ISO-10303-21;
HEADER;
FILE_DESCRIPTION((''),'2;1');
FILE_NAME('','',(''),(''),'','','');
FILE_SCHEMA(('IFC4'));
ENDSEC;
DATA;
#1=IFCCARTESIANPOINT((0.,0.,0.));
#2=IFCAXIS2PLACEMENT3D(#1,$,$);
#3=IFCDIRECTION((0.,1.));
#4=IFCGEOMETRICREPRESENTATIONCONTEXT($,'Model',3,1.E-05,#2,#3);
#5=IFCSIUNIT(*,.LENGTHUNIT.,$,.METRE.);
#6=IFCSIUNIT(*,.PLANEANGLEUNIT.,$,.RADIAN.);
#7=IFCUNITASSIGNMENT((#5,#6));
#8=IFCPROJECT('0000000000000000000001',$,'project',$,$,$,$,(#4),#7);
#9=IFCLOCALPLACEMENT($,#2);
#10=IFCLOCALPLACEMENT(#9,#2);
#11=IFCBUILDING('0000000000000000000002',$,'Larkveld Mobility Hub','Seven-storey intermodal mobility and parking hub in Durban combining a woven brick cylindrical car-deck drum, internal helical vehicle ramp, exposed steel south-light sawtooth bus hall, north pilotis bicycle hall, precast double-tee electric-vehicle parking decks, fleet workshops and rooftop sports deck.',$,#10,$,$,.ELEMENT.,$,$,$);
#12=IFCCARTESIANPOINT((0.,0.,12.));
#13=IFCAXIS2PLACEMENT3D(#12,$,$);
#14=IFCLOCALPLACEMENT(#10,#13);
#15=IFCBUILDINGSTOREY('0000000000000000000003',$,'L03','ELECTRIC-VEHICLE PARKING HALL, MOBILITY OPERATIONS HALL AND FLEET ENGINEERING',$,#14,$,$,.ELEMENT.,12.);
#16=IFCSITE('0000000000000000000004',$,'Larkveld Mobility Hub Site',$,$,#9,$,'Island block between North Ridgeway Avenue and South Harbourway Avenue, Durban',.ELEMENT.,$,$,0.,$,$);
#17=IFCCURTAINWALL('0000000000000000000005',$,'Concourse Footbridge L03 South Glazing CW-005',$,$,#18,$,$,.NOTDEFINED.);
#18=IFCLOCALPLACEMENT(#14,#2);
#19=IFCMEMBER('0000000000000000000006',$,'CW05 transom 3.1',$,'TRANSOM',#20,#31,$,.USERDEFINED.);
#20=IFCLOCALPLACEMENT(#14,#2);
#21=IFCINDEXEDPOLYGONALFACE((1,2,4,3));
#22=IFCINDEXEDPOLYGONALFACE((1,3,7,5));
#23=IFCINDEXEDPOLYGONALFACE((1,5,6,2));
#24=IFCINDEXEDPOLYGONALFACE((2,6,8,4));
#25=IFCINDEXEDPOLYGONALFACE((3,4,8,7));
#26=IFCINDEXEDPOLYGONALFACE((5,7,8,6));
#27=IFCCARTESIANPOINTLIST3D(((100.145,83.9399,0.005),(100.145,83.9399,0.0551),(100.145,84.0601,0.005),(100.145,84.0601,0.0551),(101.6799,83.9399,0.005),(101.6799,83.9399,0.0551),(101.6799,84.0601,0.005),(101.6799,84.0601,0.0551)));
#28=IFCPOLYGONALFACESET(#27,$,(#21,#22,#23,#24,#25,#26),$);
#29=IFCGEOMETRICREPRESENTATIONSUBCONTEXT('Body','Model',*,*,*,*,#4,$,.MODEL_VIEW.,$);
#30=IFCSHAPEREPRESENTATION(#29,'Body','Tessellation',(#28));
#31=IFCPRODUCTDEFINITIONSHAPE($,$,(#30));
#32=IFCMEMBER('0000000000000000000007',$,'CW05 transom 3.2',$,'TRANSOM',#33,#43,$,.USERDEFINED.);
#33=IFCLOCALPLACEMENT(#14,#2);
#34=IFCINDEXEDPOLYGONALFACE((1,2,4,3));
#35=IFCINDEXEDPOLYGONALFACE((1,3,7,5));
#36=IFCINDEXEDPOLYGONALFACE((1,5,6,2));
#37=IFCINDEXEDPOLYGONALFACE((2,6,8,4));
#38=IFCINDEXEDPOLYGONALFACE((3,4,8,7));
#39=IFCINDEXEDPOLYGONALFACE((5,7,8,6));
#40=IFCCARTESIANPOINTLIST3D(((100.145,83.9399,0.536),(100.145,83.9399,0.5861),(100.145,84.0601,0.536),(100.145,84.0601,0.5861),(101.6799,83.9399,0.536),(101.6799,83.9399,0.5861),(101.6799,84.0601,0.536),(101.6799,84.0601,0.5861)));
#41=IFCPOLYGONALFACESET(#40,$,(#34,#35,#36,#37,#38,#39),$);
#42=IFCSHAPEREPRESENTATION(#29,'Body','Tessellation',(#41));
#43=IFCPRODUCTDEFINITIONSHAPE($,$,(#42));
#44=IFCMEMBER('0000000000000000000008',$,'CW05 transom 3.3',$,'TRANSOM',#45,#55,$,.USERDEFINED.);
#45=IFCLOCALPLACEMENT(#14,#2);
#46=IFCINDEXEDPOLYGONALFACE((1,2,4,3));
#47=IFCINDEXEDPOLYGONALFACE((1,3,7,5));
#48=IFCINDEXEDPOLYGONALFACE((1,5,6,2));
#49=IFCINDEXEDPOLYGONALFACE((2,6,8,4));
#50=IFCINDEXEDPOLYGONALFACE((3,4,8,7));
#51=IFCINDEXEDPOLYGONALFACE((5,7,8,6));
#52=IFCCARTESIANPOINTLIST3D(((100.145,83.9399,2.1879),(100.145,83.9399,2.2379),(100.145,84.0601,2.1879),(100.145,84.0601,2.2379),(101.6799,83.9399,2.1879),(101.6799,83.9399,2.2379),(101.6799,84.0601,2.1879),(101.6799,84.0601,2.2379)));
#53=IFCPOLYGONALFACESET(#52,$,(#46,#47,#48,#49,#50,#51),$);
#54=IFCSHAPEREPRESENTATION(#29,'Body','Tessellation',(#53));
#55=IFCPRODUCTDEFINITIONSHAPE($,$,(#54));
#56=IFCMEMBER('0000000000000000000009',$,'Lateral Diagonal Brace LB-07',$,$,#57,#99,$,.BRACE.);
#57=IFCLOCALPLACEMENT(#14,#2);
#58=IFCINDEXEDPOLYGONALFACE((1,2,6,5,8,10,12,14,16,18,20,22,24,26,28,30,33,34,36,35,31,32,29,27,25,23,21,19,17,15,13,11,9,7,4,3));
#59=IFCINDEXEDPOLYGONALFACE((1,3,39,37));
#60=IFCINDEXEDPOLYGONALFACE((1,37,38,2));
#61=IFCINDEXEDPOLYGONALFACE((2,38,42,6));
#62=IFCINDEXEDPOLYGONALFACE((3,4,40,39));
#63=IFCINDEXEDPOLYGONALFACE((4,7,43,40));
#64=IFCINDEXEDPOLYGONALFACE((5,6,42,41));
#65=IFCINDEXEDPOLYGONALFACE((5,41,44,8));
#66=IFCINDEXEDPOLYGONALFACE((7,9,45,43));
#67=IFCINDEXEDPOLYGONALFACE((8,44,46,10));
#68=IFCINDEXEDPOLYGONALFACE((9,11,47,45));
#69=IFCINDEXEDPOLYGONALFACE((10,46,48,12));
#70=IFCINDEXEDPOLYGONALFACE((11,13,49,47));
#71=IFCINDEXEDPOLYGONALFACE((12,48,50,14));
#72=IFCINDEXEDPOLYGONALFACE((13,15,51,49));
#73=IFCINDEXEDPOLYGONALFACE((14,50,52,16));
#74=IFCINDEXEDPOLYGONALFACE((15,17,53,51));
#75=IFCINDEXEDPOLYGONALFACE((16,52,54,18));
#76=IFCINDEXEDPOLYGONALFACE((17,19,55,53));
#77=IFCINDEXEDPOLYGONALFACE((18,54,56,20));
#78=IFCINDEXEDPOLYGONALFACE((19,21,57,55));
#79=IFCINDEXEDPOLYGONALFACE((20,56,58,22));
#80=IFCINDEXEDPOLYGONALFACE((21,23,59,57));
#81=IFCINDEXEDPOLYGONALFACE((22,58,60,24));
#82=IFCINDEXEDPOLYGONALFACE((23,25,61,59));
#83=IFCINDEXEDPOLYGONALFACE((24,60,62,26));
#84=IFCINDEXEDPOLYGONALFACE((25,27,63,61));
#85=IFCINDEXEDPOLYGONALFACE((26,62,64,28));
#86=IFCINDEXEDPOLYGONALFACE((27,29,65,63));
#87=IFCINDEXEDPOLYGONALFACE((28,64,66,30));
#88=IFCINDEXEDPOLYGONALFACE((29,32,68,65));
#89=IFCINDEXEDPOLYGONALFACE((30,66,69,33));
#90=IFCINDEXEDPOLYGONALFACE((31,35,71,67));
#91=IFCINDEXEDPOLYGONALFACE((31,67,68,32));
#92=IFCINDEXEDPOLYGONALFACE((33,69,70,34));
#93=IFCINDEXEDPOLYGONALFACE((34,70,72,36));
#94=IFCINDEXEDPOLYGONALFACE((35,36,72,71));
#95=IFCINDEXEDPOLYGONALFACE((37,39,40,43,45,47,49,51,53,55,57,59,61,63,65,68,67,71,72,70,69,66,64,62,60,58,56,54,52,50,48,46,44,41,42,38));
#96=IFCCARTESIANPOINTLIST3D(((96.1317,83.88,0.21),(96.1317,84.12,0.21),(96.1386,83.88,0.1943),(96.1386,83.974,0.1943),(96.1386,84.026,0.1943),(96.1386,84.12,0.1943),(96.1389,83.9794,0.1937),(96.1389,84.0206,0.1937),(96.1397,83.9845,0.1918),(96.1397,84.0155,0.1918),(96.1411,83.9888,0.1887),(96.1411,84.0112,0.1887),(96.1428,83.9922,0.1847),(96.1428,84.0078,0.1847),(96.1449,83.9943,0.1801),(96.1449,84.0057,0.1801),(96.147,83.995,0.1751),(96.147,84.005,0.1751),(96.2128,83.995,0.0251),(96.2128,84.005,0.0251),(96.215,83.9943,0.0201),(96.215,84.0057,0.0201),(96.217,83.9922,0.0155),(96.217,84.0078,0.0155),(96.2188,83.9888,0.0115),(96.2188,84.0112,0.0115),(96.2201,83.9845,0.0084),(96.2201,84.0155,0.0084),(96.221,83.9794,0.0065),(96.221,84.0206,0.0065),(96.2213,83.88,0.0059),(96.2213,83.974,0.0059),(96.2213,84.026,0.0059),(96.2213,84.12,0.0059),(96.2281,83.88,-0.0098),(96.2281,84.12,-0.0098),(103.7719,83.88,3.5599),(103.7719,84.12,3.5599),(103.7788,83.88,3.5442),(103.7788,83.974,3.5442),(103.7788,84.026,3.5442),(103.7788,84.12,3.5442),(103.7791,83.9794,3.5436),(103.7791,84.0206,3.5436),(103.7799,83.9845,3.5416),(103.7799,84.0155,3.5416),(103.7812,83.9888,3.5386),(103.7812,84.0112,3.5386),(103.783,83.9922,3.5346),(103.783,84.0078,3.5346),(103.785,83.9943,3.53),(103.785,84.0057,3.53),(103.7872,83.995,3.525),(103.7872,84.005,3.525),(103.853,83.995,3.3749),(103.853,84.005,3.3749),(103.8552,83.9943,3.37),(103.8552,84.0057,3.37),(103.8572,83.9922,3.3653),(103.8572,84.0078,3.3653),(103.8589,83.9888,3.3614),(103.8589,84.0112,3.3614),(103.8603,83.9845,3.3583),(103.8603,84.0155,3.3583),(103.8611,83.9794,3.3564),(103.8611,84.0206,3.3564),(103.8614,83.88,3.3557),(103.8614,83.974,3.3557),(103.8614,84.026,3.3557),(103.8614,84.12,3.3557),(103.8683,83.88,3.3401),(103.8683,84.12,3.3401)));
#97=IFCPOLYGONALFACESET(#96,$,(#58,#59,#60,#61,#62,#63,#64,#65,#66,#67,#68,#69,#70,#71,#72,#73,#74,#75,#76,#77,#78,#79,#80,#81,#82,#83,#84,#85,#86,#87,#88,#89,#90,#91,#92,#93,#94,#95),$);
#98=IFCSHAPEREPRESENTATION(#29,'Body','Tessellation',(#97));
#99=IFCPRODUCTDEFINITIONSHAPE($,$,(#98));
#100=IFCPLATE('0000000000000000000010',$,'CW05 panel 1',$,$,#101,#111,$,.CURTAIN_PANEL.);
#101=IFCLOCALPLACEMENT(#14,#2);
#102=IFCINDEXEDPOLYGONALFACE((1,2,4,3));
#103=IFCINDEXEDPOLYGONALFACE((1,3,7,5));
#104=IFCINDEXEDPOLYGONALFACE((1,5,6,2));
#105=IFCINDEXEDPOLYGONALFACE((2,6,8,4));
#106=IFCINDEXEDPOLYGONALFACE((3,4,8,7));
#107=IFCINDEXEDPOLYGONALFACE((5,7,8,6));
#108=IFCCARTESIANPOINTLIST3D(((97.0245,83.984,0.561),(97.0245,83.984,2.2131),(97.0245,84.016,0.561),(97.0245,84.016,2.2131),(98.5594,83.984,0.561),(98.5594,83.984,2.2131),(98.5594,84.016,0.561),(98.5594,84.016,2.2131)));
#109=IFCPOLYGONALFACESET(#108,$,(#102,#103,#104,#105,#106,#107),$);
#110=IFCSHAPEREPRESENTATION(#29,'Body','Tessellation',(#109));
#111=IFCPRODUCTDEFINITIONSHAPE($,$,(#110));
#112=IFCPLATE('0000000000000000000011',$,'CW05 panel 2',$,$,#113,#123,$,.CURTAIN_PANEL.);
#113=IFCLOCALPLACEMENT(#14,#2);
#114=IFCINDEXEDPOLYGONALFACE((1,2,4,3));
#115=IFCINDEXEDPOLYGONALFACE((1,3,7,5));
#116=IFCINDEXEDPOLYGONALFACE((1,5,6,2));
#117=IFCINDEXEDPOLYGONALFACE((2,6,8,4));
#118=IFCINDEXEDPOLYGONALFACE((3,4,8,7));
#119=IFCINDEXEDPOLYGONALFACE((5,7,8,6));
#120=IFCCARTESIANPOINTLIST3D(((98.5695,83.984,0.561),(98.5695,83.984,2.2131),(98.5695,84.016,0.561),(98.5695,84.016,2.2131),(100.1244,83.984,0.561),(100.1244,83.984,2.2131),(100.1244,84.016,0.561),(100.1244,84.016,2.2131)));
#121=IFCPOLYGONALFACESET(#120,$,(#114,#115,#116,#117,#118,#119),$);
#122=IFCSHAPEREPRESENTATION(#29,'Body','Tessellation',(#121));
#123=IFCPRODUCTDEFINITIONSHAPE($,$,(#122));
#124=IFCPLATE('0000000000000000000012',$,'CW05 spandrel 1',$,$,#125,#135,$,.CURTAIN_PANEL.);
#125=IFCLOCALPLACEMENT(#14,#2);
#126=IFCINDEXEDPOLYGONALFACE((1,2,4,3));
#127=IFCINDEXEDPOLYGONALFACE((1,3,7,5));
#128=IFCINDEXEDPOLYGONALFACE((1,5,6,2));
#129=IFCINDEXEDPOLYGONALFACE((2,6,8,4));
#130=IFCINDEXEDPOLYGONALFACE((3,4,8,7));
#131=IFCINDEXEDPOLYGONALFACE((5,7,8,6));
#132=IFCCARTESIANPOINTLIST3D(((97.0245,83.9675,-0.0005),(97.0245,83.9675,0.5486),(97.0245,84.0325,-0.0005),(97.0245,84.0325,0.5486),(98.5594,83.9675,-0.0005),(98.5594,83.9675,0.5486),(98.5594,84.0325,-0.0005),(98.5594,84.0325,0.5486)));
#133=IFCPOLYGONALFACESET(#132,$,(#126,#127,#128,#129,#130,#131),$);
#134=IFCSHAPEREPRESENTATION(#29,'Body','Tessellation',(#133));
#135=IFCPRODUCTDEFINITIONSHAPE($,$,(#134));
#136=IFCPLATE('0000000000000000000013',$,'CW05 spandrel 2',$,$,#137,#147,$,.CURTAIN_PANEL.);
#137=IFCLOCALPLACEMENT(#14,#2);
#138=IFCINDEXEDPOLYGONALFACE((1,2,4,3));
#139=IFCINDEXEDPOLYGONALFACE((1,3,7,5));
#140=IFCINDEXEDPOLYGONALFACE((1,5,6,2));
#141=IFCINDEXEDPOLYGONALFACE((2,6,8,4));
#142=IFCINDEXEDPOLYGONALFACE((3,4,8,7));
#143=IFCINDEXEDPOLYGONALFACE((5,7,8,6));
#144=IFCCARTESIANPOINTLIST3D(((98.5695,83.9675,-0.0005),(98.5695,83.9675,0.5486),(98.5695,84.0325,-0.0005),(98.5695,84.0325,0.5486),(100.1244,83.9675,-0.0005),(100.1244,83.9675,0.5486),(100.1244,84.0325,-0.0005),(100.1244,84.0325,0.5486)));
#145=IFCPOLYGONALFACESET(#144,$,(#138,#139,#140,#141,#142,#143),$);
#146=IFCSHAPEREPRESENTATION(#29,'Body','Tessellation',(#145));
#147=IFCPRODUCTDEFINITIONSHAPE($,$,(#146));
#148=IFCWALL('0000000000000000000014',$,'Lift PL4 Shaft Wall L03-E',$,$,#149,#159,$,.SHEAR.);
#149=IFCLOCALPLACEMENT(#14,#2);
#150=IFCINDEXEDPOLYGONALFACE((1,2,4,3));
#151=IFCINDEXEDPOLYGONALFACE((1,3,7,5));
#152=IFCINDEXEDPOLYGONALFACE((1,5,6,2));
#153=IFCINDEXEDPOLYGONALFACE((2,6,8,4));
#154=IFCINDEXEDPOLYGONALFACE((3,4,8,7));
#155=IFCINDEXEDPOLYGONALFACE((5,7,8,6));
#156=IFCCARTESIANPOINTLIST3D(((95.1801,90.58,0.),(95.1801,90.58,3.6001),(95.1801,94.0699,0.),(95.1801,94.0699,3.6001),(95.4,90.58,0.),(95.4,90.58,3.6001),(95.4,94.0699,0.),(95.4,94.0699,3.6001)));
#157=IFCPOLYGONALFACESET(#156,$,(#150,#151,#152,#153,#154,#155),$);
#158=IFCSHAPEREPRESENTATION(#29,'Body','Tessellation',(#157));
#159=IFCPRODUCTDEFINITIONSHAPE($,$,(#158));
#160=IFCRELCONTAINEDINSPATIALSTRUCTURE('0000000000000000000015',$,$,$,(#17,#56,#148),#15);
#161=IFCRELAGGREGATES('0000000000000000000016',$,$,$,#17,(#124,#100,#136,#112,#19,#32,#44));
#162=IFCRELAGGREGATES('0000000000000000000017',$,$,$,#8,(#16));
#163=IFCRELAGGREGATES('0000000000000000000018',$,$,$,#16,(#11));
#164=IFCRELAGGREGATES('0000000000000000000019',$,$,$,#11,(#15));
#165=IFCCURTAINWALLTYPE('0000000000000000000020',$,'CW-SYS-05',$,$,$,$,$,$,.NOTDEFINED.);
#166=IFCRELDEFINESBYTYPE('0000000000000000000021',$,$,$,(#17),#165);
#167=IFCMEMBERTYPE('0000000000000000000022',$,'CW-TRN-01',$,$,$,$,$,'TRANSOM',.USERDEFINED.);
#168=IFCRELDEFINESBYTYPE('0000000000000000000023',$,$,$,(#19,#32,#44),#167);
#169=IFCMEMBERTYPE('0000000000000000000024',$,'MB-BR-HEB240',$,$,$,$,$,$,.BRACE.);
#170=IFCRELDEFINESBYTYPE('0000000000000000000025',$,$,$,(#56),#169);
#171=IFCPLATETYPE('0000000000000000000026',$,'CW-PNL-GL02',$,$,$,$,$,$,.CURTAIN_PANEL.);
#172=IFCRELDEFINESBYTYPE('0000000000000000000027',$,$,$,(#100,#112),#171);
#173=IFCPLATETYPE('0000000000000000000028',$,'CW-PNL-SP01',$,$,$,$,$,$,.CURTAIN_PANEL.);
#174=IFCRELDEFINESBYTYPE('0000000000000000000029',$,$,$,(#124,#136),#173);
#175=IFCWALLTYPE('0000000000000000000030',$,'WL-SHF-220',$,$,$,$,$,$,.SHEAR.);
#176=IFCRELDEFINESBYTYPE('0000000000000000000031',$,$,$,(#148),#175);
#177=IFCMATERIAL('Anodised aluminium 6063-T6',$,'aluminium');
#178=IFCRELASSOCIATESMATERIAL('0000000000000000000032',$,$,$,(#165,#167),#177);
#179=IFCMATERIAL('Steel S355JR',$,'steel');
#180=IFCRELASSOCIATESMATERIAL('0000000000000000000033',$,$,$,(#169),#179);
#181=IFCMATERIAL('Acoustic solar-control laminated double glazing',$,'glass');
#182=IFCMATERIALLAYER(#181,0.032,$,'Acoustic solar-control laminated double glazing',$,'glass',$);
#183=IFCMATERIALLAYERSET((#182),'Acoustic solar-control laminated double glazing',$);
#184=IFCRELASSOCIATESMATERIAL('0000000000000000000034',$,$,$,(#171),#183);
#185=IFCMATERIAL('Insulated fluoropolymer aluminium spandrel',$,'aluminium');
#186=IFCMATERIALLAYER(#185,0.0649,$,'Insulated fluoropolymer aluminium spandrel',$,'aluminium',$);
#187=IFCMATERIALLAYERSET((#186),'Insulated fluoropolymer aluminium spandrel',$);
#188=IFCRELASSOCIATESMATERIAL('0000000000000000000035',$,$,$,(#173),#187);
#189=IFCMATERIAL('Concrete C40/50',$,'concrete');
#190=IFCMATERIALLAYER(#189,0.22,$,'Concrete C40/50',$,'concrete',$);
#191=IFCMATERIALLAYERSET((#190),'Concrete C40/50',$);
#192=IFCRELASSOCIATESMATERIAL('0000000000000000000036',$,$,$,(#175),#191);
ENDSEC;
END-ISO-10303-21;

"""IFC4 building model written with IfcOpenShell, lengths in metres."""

from ifc_helpers import new_model, si_unit, direction, frame, frame_2d, origin, origin_2d, place, context, subcontext, project, spatial, rectangle, i_section, extrude, material, layer, layer_set, material_profile, profile_set, type_object, element, aggregate, save


model = new_model("IFC4")

# Units and contexts
model_context = context("Model", 3, precision=1e-05, world=origin(), true_north=direction((0.0, 1.0)))
body_context = subcontext(model_context, "Body", "Model", "MODEL_VIEW")
ifc_project = project(units=[si_unit("LENGTHUNIT", "METRE"), si_unit("PLANEANGLEUNIT", "RADIAN")], contexts=[model_context])

# Site, building, storey
site_placement = place(None, origin())
site = spatial("IfcSite", under=ifc_project, at=site_placement, Name="Larkveld Mobility Hub Site", LongName="Island block between North Ridgeway Avenue and South Harbourway Avenue, Durban", CompositionType="ELEMENT", RefElevation=0.0)
building_placement = place(site_placement, origin())
building = spatial("IfcBuilding", under=site, at=building_placement, Name="Larkveld Mobility Hub", Description="Seven-storey intermodal mobility and parking hub in Durban combining a woven brick cylindrical car-deck drum, internal helical vehicle ramp, exposed steel south-light sawtooth bus hall, north pilotis bicycle hall, precast double-tee electric-vehicle parking decks, fleet workshops and rooftop sports deck.", CompositionType="ELEMENT")
storey_placement = place(building_placement, frame((0.0, 0.0, 12.0)))
storey = spatial("IfcBuildingStorey", under=building, at=storey_placement, Name="L03", Description="ELECTRIC-VEHICLE PARKING HALL, MOBILITY OPERATIONS HALL AND FLEET ENGINEERING", CompositionType="ELEMENT", Elevation=12.0)

# Shared definitions
ifc_material_1 = material(Name="Concrete C40/50", Category="concrete")

# Curtain wall, members
ifc_material_2 = material(Name="Anodised aluminium 6063-T6", Category="aluminium")
curtain_wall_type = type_object("IfcCurtainWallType", Name="CW-SYS-05", PredefinedType="NOTDEFINED", material=ifc_material_2)
curtain_wall_placement = place(storey_placement, origin())
curtain_wall = element("IfcCurtainWall", 1, at=curtain_wall_placement, inside=storey, type_object=curtain_wall_type, Name="Concourse Footbridge L03 South Glazing CW-005", PredefinedType="NOTDEFINED")
ifc_material_profile_1 = material_profile(ifc_material_2, rectangle(XDim=0.1201, YDim=0.05, at=origin_2d()), Name="ALU TRAN 50x120")
ifc_profile_set_1 = profile_set([ifc_material_profile_1], Name="Anodised aluminium 6063-T6")
member_type_1 = type_object("IfcMemberType", Name="CW-TRN-01", ElementType="TRANSOM", PredefinedType="USERDEFINED", material=ifc_profile_set_1)
member_1_placement = place(storey_placement, frame((100.145, 84.0, 0.03), z_axis=(1.0, 0.0, 0.0), x_axis=(0.0, 1.0, 0.0)))
member_1 = element("IfcMember", 2, at=member_1_placement, type_object=member_type_1, Name="CW05 transom 3.1", ObjectType="TRANSOM", PredefinedType="USERDEFINED", context=body_context, shape_type="SweptSolid", body=[
    extrude(rectangle(XDim=0.1201, YDim=0.05, at=origin_2d()), origin(), (0.0, 0.0, 1.0), 1.5349),
])
member_2_placement = place(storey_placement, frame((100.145, 84.0, 0.561), z_axis=(1.0, 0.0, 0.0), x_axis=(0.0, 1.0, 0.0)))
member_2 = element("IfcMember", 3, at=member_2_placement, type_object=member_type_1, Name="CW05 transom 3.2", ObjectType="TRANSOM", PredefinedType="USERDEFINED", context=body_context, shape_type="SweptSolid", body=[
    extrude(rectangle(XDim=0.1201, YDim=0.05, at=origin_2d()), origin(), (0.0, 0.0, 1.0), 1.5349),
])
member_3_placement = place(storey_placement, frame((100.145, 84.0, 2.2129), z_axis=(1.0, 0.0, 0.0), x_axis=(0.0, 1.0, 0.0)))
member_3 = element("IfcMember", 4, at=member_3_placement, type_object=member_type_1, Name="CW05 transom 3.3", ObjectType="TRANSOM", PredefinedType="USERDEFINED", context=body_context, shape_type="SweptSolid", body=[
    extrude(rectangle(XDim=0.1201, YDim=0.05, at=origin_2d()), origin(), (0.0, 0.0, 1.0), 1.5349),
])

# Member
ifc_material_3 = material(Name="Steel S355JR", Category="steel")
ifc_material_profile_2 = material_profile(ifc_material_3, i_section(OverallWidth=0.24, OverallDepth=0.24, WebThickness=0.01, FlangeThickness=0.0171, FilletRadius=0.021, at=origin_2d()), Name="HEB 240")
ifc_profile_set_2 = profile_set([ifc_material_profile_2], Name="Steel S355JR")
member_type_2 = type_object("IfcMemberType", Name="MB-BR-HEB240", PredefinedType="BRACE", material=ifc_profile_set_2)
member_4_placement = place(storey_placement, frame((96.1799, 84.0, 0.1001), z_axis=(0.915836, 0.0, 0.401553), x_axis=(0.0, 1.0, 0.0)))
element("IfcMember", 5, at=member_4_placement, inside=storey, type_object=member_type_2, Name="Lateral Diagonal Brace LB-07", PredefinedType="BRACE", context=body_context, shape_type="SweptSolid", body=[
    extrude(i_section(OverallWidth=0.24, OverallDepth=0.24, WebThickness=0.01, FlangeThickness=0.0171, FilletRadius=0.021, at=origin_2d()), origin(), (0.0, 0.0, 1.0), 8.3423),
])

# Plates
ifc_material_4 = material(Name="Acoustic solar-control laminated double glazing", Category="glass")
ifc_layer_1 = layer(ifc_material_4, 0.032, Name="Acoustic solar-control laminated double glazing", Category="glass")
ifc_layer_set_1 = layer_set([ifc_layer_1], Name="Acoustic solar-control laminated double glazing")
plate_type_1 = type_object("IfcPlateType", Name="CW-PNL-GL02", PredefinedType="CURTAIN_PANEL", material=ifc_layer_set_1)
plate_1_placement = place(storey_placement, frame((97.792, 84.0, 0.561), z_axis=(0.0, 0.0, 1.0), x_axis=(1.0, 0.0, 0.0)))
plate_1 = element("IfcPlate", 6, at=plate_1_placement, type_object=plate_type_1, Name="CW05 panel 1", PredefinedType="CURTAIN_PANEL", context=body_context, shape_type="SweptSolid", body=[
    extrude(rectangle(XDim=1.5349, YDim=0.032, at=origin_2d()), origin(), (0.0, 0.0, 1.0), 1.6521),
])
plate_2_placement = place(storey_placement, frame((99.3469, 84.0, 0.561), z_axis=(0.0, 0.0, 1.0), x_axis=(1.0, 0.0, 0.0)))
plate_2 = element("IfcPlate", 7, at=plate_2_placement, type_object=plate_type_1, Name="CW05 panel 2", PredefinedType="CURTAIN_PANEL", context=body_context, shape_type="SweptSolid", body=[
    extrude(rectangle(XDim=1.5549, YDim=0.032, at=origin_2d()), origin(), (0.0, 0.0, 1.0), 1.6521),
])
ifc_material_5 = material(Name="Insulated fluoropolymer aluminium spandrel", Category="aluminium")
ifc_layer_2 = layer(ifc_material_5, 0.0649, Name="Insulated fluoropolymer aluminium spandrel", Category="aluminium")
ifc_layer_set_2 = layer_set([ifc_layer_2], Name="Insulated fluoropolymer aluminium spandrel")
plate_type_2 = type_object("IfcPlateType", Name="CW-PNL-SP01", PredefinedType="CURTAIN_PANEL", material=ifc_layer_set_2)
plate_3_placement = place(storey_placement, frame((97.792, 84.0, -0.0005), z_axis=(0.0, 0.0, 1.0), x_axis=(1.0, 0.0, 0.0)))
plate_3 = element("IfcPlate", 8, at=plate_3_placement, type_object=plate_type_2, Name="CW05 spandrel 1", PredefinedType="CURTAIN_PANEL", context=body_context, shape_type="SweptSolid", body=[
    extrude(rectangle(XDim=1.5349, YDim=0.0649, at=origin_2d()), origin(), (0.0, 0.0, 1.0), 0.5491),
])
plate_4_placement = place(storey_placement, frame((99.3469, 84.0, -0.0005), z_axis=(0.0, 0.0, 1.0), x_axis=(1.0, 0.0, 0.0)))
plate_4 = element("IfcPlate", 9, at=plate_4_placement, type_object=plate_type_2, Name="CW05 spandrel 2", PredefinedType="CURTAIN_PANEL", context=body_context, shape_type="SweptSolid", body=[
    extrude(rectangle(XDim=1.5549, YDim=0.0649, at=origin_2d()), origin(), (0.0, 0.0, 1.0), 0.5491),
])
aggregate(curtain_wall, [plate_3, plate_1, plate_4, plate_2, member_1, member_2, member_3])

# Wall
ifc_layer_3 = layer(ifc_material_1, 0.22, Name="Concrete C40/50", Category="concrete")
ifc_layer_set_3 = layer_set([ifc_layer_3], Name="Concrete C40/50")
wall_type = type_object("IfcWallType", Name="WL-SHF-220", PredefinedType="SHEAR", material=ifc_layer_set_3)
wall_1_placement = place(storey_placement, frame((95.29, 94.0701, 0.0), z_axis=(0.0, 0.0, 1.0), x_axis=(0.0, -1.0, 0.0)))
element("IfcWall", 10, at=wall_1_placement, inside=storey, type_object=wall_type, Name="Lift PL4 Shaft Wall L03-E", PredefinedType="SHEAR", context=body_context, shape_type="SweptSolid", body=[
    extrude(rectangle(XDim=3.49, YDim=0.22, at=frame_2d((1.7451, 0.0))), origin(), (0.0, 0.0, 1.0), 3.6001),
])

save(model, "model.ifc")
